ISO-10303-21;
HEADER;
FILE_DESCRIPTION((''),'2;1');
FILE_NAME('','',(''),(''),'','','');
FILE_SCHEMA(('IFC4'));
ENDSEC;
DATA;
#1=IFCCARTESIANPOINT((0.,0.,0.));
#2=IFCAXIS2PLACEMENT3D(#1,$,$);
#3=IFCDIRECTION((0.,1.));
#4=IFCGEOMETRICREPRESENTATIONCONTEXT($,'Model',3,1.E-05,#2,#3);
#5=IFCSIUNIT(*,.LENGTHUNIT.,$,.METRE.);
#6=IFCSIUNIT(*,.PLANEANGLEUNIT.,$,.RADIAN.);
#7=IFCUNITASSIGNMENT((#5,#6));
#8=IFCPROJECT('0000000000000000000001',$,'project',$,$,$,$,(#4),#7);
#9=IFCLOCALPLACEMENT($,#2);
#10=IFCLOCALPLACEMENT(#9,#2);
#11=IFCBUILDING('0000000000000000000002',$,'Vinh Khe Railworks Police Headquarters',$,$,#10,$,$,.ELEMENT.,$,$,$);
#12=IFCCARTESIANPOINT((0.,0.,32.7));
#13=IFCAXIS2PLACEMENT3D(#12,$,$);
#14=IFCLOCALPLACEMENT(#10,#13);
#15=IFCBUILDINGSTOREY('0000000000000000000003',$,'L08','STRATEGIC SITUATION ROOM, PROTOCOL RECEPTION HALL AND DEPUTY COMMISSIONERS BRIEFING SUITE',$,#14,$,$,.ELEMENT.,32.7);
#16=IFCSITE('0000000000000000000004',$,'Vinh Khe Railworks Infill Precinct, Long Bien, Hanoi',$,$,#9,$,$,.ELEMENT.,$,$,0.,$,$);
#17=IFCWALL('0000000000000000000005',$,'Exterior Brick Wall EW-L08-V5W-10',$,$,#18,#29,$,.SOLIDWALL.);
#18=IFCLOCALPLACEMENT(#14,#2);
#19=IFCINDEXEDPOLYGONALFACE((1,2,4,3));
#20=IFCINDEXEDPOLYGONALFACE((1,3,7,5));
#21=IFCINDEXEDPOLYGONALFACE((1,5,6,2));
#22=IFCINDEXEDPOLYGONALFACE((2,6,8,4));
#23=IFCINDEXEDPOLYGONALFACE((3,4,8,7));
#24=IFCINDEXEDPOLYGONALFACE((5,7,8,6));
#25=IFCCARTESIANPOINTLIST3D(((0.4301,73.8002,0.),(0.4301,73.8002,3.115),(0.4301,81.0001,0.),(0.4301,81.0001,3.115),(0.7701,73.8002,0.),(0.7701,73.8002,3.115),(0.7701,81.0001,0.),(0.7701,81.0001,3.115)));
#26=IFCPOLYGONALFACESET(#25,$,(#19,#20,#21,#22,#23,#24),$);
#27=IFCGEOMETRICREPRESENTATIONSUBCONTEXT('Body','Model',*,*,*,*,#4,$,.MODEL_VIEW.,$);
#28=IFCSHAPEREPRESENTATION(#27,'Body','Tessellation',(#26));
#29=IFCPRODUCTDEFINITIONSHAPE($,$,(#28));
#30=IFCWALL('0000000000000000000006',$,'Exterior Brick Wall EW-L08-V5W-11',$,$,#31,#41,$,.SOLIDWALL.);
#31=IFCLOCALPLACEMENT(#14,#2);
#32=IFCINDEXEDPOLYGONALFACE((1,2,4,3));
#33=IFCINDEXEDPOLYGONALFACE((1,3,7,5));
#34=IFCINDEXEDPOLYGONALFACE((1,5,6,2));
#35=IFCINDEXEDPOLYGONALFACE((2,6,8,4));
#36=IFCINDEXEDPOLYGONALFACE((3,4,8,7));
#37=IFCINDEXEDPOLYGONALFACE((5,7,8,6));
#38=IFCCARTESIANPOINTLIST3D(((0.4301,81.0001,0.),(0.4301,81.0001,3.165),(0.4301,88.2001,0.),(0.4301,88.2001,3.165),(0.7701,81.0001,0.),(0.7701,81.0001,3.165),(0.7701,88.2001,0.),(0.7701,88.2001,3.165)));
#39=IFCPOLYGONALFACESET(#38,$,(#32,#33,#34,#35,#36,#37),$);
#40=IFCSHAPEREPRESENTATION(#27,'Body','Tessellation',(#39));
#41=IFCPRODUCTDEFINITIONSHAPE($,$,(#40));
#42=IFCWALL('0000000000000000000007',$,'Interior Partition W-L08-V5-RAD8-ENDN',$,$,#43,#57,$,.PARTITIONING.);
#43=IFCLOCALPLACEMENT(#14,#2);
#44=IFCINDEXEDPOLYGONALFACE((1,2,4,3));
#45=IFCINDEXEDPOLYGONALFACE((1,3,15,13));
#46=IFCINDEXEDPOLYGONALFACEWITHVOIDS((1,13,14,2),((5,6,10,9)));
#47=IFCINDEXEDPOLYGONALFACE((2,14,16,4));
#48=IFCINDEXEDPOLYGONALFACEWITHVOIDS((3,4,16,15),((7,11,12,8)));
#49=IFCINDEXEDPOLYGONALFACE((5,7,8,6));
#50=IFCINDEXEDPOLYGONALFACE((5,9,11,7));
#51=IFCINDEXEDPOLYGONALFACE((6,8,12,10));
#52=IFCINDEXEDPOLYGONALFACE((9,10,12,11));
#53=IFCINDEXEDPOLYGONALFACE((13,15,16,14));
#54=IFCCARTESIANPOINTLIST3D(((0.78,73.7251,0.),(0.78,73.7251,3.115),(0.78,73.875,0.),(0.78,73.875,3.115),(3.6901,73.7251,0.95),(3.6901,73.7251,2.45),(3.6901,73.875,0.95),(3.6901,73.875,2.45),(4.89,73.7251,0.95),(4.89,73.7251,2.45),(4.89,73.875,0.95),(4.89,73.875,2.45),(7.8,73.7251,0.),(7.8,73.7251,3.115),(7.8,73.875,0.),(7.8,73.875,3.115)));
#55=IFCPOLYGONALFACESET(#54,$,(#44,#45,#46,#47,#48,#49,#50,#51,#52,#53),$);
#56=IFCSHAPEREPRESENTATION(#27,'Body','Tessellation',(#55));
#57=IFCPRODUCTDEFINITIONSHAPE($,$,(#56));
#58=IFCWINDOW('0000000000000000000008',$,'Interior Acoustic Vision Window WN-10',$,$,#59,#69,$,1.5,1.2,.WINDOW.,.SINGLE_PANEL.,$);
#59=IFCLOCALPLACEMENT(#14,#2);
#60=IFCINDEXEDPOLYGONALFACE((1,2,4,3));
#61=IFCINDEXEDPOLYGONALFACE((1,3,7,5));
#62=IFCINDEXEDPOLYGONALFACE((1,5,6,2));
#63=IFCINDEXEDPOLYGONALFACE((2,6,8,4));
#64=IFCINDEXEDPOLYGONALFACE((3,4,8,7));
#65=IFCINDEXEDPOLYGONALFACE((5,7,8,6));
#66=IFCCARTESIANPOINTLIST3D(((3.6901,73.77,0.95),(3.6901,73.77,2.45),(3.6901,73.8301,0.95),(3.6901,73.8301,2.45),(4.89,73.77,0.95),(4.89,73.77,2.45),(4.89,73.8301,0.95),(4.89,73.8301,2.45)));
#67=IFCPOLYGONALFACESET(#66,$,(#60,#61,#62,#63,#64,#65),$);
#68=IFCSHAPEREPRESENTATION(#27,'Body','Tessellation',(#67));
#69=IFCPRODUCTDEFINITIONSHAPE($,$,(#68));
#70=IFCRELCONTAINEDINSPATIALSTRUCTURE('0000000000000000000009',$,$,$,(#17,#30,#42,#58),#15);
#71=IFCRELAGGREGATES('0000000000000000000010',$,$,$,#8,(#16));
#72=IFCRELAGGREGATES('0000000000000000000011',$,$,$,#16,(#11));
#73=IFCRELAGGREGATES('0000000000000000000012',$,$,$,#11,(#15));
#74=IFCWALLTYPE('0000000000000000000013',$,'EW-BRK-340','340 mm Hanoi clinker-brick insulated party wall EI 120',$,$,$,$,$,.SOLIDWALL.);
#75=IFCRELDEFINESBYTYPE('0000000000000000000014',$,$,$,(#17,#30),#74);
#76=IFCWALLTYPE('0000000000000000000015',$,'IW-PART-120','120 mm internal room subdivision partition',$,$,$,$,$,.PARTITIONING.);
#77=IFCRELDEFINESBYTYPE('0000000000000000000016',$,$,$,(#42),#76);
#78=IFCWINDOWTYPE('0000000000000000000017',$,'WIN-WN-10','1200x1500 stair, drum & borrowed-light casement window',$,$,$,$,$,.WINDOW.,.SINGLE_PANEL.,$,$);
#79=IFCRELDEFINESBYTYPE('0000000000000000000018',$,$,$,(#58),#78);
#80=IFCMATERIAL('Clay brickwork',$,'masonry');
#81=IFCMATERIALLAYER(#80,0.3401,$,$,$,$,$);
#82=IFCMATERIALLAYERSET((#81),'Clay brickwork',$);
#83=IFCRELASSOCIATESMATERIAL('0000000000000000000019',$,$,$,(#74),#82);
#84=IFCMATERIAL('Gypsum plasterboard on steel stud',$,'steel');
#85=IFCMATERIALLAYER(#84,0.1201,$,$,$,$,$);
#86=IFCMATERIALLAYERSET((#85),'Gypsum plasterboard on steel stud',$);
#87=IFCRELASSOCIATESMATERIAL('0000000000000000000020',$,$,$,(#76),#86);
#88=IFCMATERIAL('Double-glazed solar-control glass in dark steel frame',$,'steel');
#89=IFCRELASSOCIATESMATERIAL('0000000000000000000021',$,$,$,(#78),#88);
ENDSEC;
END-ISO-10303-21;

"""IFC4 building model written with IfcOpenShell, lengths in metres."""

from ifc_helpers import new_model, si_unit, direction, frame, frame_2d, origin, place, context, subcontext, project, spatial, rectangle, extrude, material, layer, layer_set, type_object, element, fill, save


model = new_model("IFC4")

# Units and contexts
model_context = context("Model", 3, precision=1e-05, world=origin(), true_north=direction((0.0, 1.0)))
body_context = subcontext(model_context, "Body", "Model", "MODEL_VIEW")
ifc_project = project(units=[si_unit("LENGTHUNIT", "METRE"), si_unit("PLANEANGLEUNIT", "RADIAN")], contexts=[model_context])

# Site, building, storey
site_placement = place(None, origin())
site = spatial("IfcSite", under=ifc_project, at=site_placement, Name="Vinh Khe Railworks Infill Precinct, Long Bien, Hanoi", CompositionType="ELEMENT", RefElevation=0.0)
building_placement = place(site_placement, origin())
building = spatial("IfcBuilding", under=site, at=building_placement, Name="Vinh Khe Railworks Police Headquarters", CompositionType="ELEMENT")
storey_placement = place(building_placement, frame((0.0, 0.0, 32.7)))
storey = spatial("IfcBuildingStorey", under=building, at=storey_placement, Name="L08", Description="STRATEGIC SITUATION ROOM, PROTOCOL RECEPTION HALL AND DEPUTY COMMISSIONERS BRIEFING SUITE", CompositionType="ELEMENT", Elevation=32.7)

# Walls
ifc_material_1 = material(Name="Clay brickwork", Category="masonry")
ifc_layer_1 = layer(ifc_material_1, 0.3401)
ifc_layer_set_1 = layer_set([ifc_layer_1], Name="Clay brickwork")
wall_type_1 = type_object("IfcWallType", Name="EW-BRK-340", Description="340 mm Hanoi clinker-brick insulated party wall EI 120", PredefinedType="SOLIDWALL", material=ifc_layer_set_1)
wall_1_placement = place(storey_placement, frame((0.6001, 73.8, 0.0), z_axis=(0.0, 0.0, 1.0), x_axis=(0.0, 1.0, 0.0)))
element("IfcWall", 1, at=wall_1_placement, inside=storey, type_object=wall_type_1, Name="Exterior Brick Wall EW-L08-V5W-10", PredefinedType="SOLIDWALL", context=body_context, shape_type="SweptSolid", body=[
    extrude(rectangle(XDim=7.2, YDim=0.3401, at=frame_2d((3.6001, 0.0))), origin(), (0.0, 0.0, 1.0), 3.115),
])
wall_2_placement = place(storey_placement, frame((0.6001, 81.0, 0.0), z_axis=(0.0, 0.0, 1.0), x_axis=(0.0, 1.0, 0.0)))
element("IfcWall", 2, at=wall_2_placement, inside=storey, type_object=wall_type_1, Name="Exterior Brick Wall EW-L08-V5W-11", PredefinedType="SOLIDWALL", context=body_context, shape_type="SweptSolid", body=[
    extrude(rectangle(XDim=7.2, YDim=0.3401, at=frame_2d((3.6001, 0.0))), origin(), (0.0, 0.0, 1.0), 3.165),
])

# Wall, opening, window
ifc_material_2 = material(Name="Gypsum plasterboard on steel stud", Category="steel")
ifc_layer_2 = layer(ifc_material_2, 0.1201)
ifc_layer_set_2 = layer_set([ifc_layer_2], Name="Gypsum plasterboard on steel stud")
wall_type_2 = type_object("IfcWallType", Name="IW-PART-120", Description="120 mm internal room subdivision partition", PredefinedType="PARTITIONING", material=ifc_layer_set_2)
wall_3_placement = place(storey_placement, frame((0.78, 73.8, 0.0), z_axis=(0.0, 0.0, 1.0), x_axis=(1.0, 0.0, 0.0)))
wall_3 = element("IfcWall", 3, at=wall_3_placement, inside=storey, type_object=wall_type_2, Name="Interior Partition W-L08-V5-RAD8-ENDN", PredefinedType="PARTITIONING", context=body_context, shape_type="SweptSolid", body=[
    extrude(rectangle(XDim=7.02, YDim=0.1499, at=frame_2d((3.51, 0.0))), origin(), (0.0, 0.0, 1.0), 3.115),
])
opening_1_placement = place(wall_3_placement, frame((2.9099, 0.0, 0.95)))
opening_1 = element("IfcOpeningElement", 4, at=opening_1_placement, cuts=wall_3, PredefinedType="OPENING", context=body_context, shape_type="SweptSolid", body=[
    extrude(rectangle(XDim=1.2, YDim=1.5, at=frame_2d((0.6001, 0.75))), frame((0.0, 0.0898, 0.0), z_axis=(0.0, -1.0, 0.0), x_axis=(1.0, 0.0, 0.0)), (0.0, 0.0, 1.0), 0.1797),
])
ifc_material_3 = material(Name="Double-glazed solar-control glass in dark steel frame", Category="steel")
window_type = type_object("IfcWindowType", Name="WIN-WN-10", Description="1200x1500 stair, drum & borrowed-light casement window", PartitioningType="SINGLE_PANEL", PredefinedType="WINDOW", material=ifc_material_3)
window_placement = place(opening_1_placement, origin())
window = element("IfcWindow", 5, at=window_placement, inside=storey, type_object=window_type, Name="Interior Acoustic Vision Window WN-10", OverallHeight=1.5, OverallWidth=1.2, PartitioningType="SINGLE_PANEL", PredefinedType="WINDOW", context=body_context, shape_type="SweptSolid", body=[
    extrude(rectangle(XDim=1.2, YDim=1.5, at=frame_2d((0.6001, 0.75))), frame((0.0, 0.03, 0.0), z_axis=(0.0, -1.0, 0.0), x_axis=(1.0, 0.0, 0.0)), (0.0, 0.0, 1.0), 0.0601),
])
fill(opening_1, window)

save(model, "model.ifc")
